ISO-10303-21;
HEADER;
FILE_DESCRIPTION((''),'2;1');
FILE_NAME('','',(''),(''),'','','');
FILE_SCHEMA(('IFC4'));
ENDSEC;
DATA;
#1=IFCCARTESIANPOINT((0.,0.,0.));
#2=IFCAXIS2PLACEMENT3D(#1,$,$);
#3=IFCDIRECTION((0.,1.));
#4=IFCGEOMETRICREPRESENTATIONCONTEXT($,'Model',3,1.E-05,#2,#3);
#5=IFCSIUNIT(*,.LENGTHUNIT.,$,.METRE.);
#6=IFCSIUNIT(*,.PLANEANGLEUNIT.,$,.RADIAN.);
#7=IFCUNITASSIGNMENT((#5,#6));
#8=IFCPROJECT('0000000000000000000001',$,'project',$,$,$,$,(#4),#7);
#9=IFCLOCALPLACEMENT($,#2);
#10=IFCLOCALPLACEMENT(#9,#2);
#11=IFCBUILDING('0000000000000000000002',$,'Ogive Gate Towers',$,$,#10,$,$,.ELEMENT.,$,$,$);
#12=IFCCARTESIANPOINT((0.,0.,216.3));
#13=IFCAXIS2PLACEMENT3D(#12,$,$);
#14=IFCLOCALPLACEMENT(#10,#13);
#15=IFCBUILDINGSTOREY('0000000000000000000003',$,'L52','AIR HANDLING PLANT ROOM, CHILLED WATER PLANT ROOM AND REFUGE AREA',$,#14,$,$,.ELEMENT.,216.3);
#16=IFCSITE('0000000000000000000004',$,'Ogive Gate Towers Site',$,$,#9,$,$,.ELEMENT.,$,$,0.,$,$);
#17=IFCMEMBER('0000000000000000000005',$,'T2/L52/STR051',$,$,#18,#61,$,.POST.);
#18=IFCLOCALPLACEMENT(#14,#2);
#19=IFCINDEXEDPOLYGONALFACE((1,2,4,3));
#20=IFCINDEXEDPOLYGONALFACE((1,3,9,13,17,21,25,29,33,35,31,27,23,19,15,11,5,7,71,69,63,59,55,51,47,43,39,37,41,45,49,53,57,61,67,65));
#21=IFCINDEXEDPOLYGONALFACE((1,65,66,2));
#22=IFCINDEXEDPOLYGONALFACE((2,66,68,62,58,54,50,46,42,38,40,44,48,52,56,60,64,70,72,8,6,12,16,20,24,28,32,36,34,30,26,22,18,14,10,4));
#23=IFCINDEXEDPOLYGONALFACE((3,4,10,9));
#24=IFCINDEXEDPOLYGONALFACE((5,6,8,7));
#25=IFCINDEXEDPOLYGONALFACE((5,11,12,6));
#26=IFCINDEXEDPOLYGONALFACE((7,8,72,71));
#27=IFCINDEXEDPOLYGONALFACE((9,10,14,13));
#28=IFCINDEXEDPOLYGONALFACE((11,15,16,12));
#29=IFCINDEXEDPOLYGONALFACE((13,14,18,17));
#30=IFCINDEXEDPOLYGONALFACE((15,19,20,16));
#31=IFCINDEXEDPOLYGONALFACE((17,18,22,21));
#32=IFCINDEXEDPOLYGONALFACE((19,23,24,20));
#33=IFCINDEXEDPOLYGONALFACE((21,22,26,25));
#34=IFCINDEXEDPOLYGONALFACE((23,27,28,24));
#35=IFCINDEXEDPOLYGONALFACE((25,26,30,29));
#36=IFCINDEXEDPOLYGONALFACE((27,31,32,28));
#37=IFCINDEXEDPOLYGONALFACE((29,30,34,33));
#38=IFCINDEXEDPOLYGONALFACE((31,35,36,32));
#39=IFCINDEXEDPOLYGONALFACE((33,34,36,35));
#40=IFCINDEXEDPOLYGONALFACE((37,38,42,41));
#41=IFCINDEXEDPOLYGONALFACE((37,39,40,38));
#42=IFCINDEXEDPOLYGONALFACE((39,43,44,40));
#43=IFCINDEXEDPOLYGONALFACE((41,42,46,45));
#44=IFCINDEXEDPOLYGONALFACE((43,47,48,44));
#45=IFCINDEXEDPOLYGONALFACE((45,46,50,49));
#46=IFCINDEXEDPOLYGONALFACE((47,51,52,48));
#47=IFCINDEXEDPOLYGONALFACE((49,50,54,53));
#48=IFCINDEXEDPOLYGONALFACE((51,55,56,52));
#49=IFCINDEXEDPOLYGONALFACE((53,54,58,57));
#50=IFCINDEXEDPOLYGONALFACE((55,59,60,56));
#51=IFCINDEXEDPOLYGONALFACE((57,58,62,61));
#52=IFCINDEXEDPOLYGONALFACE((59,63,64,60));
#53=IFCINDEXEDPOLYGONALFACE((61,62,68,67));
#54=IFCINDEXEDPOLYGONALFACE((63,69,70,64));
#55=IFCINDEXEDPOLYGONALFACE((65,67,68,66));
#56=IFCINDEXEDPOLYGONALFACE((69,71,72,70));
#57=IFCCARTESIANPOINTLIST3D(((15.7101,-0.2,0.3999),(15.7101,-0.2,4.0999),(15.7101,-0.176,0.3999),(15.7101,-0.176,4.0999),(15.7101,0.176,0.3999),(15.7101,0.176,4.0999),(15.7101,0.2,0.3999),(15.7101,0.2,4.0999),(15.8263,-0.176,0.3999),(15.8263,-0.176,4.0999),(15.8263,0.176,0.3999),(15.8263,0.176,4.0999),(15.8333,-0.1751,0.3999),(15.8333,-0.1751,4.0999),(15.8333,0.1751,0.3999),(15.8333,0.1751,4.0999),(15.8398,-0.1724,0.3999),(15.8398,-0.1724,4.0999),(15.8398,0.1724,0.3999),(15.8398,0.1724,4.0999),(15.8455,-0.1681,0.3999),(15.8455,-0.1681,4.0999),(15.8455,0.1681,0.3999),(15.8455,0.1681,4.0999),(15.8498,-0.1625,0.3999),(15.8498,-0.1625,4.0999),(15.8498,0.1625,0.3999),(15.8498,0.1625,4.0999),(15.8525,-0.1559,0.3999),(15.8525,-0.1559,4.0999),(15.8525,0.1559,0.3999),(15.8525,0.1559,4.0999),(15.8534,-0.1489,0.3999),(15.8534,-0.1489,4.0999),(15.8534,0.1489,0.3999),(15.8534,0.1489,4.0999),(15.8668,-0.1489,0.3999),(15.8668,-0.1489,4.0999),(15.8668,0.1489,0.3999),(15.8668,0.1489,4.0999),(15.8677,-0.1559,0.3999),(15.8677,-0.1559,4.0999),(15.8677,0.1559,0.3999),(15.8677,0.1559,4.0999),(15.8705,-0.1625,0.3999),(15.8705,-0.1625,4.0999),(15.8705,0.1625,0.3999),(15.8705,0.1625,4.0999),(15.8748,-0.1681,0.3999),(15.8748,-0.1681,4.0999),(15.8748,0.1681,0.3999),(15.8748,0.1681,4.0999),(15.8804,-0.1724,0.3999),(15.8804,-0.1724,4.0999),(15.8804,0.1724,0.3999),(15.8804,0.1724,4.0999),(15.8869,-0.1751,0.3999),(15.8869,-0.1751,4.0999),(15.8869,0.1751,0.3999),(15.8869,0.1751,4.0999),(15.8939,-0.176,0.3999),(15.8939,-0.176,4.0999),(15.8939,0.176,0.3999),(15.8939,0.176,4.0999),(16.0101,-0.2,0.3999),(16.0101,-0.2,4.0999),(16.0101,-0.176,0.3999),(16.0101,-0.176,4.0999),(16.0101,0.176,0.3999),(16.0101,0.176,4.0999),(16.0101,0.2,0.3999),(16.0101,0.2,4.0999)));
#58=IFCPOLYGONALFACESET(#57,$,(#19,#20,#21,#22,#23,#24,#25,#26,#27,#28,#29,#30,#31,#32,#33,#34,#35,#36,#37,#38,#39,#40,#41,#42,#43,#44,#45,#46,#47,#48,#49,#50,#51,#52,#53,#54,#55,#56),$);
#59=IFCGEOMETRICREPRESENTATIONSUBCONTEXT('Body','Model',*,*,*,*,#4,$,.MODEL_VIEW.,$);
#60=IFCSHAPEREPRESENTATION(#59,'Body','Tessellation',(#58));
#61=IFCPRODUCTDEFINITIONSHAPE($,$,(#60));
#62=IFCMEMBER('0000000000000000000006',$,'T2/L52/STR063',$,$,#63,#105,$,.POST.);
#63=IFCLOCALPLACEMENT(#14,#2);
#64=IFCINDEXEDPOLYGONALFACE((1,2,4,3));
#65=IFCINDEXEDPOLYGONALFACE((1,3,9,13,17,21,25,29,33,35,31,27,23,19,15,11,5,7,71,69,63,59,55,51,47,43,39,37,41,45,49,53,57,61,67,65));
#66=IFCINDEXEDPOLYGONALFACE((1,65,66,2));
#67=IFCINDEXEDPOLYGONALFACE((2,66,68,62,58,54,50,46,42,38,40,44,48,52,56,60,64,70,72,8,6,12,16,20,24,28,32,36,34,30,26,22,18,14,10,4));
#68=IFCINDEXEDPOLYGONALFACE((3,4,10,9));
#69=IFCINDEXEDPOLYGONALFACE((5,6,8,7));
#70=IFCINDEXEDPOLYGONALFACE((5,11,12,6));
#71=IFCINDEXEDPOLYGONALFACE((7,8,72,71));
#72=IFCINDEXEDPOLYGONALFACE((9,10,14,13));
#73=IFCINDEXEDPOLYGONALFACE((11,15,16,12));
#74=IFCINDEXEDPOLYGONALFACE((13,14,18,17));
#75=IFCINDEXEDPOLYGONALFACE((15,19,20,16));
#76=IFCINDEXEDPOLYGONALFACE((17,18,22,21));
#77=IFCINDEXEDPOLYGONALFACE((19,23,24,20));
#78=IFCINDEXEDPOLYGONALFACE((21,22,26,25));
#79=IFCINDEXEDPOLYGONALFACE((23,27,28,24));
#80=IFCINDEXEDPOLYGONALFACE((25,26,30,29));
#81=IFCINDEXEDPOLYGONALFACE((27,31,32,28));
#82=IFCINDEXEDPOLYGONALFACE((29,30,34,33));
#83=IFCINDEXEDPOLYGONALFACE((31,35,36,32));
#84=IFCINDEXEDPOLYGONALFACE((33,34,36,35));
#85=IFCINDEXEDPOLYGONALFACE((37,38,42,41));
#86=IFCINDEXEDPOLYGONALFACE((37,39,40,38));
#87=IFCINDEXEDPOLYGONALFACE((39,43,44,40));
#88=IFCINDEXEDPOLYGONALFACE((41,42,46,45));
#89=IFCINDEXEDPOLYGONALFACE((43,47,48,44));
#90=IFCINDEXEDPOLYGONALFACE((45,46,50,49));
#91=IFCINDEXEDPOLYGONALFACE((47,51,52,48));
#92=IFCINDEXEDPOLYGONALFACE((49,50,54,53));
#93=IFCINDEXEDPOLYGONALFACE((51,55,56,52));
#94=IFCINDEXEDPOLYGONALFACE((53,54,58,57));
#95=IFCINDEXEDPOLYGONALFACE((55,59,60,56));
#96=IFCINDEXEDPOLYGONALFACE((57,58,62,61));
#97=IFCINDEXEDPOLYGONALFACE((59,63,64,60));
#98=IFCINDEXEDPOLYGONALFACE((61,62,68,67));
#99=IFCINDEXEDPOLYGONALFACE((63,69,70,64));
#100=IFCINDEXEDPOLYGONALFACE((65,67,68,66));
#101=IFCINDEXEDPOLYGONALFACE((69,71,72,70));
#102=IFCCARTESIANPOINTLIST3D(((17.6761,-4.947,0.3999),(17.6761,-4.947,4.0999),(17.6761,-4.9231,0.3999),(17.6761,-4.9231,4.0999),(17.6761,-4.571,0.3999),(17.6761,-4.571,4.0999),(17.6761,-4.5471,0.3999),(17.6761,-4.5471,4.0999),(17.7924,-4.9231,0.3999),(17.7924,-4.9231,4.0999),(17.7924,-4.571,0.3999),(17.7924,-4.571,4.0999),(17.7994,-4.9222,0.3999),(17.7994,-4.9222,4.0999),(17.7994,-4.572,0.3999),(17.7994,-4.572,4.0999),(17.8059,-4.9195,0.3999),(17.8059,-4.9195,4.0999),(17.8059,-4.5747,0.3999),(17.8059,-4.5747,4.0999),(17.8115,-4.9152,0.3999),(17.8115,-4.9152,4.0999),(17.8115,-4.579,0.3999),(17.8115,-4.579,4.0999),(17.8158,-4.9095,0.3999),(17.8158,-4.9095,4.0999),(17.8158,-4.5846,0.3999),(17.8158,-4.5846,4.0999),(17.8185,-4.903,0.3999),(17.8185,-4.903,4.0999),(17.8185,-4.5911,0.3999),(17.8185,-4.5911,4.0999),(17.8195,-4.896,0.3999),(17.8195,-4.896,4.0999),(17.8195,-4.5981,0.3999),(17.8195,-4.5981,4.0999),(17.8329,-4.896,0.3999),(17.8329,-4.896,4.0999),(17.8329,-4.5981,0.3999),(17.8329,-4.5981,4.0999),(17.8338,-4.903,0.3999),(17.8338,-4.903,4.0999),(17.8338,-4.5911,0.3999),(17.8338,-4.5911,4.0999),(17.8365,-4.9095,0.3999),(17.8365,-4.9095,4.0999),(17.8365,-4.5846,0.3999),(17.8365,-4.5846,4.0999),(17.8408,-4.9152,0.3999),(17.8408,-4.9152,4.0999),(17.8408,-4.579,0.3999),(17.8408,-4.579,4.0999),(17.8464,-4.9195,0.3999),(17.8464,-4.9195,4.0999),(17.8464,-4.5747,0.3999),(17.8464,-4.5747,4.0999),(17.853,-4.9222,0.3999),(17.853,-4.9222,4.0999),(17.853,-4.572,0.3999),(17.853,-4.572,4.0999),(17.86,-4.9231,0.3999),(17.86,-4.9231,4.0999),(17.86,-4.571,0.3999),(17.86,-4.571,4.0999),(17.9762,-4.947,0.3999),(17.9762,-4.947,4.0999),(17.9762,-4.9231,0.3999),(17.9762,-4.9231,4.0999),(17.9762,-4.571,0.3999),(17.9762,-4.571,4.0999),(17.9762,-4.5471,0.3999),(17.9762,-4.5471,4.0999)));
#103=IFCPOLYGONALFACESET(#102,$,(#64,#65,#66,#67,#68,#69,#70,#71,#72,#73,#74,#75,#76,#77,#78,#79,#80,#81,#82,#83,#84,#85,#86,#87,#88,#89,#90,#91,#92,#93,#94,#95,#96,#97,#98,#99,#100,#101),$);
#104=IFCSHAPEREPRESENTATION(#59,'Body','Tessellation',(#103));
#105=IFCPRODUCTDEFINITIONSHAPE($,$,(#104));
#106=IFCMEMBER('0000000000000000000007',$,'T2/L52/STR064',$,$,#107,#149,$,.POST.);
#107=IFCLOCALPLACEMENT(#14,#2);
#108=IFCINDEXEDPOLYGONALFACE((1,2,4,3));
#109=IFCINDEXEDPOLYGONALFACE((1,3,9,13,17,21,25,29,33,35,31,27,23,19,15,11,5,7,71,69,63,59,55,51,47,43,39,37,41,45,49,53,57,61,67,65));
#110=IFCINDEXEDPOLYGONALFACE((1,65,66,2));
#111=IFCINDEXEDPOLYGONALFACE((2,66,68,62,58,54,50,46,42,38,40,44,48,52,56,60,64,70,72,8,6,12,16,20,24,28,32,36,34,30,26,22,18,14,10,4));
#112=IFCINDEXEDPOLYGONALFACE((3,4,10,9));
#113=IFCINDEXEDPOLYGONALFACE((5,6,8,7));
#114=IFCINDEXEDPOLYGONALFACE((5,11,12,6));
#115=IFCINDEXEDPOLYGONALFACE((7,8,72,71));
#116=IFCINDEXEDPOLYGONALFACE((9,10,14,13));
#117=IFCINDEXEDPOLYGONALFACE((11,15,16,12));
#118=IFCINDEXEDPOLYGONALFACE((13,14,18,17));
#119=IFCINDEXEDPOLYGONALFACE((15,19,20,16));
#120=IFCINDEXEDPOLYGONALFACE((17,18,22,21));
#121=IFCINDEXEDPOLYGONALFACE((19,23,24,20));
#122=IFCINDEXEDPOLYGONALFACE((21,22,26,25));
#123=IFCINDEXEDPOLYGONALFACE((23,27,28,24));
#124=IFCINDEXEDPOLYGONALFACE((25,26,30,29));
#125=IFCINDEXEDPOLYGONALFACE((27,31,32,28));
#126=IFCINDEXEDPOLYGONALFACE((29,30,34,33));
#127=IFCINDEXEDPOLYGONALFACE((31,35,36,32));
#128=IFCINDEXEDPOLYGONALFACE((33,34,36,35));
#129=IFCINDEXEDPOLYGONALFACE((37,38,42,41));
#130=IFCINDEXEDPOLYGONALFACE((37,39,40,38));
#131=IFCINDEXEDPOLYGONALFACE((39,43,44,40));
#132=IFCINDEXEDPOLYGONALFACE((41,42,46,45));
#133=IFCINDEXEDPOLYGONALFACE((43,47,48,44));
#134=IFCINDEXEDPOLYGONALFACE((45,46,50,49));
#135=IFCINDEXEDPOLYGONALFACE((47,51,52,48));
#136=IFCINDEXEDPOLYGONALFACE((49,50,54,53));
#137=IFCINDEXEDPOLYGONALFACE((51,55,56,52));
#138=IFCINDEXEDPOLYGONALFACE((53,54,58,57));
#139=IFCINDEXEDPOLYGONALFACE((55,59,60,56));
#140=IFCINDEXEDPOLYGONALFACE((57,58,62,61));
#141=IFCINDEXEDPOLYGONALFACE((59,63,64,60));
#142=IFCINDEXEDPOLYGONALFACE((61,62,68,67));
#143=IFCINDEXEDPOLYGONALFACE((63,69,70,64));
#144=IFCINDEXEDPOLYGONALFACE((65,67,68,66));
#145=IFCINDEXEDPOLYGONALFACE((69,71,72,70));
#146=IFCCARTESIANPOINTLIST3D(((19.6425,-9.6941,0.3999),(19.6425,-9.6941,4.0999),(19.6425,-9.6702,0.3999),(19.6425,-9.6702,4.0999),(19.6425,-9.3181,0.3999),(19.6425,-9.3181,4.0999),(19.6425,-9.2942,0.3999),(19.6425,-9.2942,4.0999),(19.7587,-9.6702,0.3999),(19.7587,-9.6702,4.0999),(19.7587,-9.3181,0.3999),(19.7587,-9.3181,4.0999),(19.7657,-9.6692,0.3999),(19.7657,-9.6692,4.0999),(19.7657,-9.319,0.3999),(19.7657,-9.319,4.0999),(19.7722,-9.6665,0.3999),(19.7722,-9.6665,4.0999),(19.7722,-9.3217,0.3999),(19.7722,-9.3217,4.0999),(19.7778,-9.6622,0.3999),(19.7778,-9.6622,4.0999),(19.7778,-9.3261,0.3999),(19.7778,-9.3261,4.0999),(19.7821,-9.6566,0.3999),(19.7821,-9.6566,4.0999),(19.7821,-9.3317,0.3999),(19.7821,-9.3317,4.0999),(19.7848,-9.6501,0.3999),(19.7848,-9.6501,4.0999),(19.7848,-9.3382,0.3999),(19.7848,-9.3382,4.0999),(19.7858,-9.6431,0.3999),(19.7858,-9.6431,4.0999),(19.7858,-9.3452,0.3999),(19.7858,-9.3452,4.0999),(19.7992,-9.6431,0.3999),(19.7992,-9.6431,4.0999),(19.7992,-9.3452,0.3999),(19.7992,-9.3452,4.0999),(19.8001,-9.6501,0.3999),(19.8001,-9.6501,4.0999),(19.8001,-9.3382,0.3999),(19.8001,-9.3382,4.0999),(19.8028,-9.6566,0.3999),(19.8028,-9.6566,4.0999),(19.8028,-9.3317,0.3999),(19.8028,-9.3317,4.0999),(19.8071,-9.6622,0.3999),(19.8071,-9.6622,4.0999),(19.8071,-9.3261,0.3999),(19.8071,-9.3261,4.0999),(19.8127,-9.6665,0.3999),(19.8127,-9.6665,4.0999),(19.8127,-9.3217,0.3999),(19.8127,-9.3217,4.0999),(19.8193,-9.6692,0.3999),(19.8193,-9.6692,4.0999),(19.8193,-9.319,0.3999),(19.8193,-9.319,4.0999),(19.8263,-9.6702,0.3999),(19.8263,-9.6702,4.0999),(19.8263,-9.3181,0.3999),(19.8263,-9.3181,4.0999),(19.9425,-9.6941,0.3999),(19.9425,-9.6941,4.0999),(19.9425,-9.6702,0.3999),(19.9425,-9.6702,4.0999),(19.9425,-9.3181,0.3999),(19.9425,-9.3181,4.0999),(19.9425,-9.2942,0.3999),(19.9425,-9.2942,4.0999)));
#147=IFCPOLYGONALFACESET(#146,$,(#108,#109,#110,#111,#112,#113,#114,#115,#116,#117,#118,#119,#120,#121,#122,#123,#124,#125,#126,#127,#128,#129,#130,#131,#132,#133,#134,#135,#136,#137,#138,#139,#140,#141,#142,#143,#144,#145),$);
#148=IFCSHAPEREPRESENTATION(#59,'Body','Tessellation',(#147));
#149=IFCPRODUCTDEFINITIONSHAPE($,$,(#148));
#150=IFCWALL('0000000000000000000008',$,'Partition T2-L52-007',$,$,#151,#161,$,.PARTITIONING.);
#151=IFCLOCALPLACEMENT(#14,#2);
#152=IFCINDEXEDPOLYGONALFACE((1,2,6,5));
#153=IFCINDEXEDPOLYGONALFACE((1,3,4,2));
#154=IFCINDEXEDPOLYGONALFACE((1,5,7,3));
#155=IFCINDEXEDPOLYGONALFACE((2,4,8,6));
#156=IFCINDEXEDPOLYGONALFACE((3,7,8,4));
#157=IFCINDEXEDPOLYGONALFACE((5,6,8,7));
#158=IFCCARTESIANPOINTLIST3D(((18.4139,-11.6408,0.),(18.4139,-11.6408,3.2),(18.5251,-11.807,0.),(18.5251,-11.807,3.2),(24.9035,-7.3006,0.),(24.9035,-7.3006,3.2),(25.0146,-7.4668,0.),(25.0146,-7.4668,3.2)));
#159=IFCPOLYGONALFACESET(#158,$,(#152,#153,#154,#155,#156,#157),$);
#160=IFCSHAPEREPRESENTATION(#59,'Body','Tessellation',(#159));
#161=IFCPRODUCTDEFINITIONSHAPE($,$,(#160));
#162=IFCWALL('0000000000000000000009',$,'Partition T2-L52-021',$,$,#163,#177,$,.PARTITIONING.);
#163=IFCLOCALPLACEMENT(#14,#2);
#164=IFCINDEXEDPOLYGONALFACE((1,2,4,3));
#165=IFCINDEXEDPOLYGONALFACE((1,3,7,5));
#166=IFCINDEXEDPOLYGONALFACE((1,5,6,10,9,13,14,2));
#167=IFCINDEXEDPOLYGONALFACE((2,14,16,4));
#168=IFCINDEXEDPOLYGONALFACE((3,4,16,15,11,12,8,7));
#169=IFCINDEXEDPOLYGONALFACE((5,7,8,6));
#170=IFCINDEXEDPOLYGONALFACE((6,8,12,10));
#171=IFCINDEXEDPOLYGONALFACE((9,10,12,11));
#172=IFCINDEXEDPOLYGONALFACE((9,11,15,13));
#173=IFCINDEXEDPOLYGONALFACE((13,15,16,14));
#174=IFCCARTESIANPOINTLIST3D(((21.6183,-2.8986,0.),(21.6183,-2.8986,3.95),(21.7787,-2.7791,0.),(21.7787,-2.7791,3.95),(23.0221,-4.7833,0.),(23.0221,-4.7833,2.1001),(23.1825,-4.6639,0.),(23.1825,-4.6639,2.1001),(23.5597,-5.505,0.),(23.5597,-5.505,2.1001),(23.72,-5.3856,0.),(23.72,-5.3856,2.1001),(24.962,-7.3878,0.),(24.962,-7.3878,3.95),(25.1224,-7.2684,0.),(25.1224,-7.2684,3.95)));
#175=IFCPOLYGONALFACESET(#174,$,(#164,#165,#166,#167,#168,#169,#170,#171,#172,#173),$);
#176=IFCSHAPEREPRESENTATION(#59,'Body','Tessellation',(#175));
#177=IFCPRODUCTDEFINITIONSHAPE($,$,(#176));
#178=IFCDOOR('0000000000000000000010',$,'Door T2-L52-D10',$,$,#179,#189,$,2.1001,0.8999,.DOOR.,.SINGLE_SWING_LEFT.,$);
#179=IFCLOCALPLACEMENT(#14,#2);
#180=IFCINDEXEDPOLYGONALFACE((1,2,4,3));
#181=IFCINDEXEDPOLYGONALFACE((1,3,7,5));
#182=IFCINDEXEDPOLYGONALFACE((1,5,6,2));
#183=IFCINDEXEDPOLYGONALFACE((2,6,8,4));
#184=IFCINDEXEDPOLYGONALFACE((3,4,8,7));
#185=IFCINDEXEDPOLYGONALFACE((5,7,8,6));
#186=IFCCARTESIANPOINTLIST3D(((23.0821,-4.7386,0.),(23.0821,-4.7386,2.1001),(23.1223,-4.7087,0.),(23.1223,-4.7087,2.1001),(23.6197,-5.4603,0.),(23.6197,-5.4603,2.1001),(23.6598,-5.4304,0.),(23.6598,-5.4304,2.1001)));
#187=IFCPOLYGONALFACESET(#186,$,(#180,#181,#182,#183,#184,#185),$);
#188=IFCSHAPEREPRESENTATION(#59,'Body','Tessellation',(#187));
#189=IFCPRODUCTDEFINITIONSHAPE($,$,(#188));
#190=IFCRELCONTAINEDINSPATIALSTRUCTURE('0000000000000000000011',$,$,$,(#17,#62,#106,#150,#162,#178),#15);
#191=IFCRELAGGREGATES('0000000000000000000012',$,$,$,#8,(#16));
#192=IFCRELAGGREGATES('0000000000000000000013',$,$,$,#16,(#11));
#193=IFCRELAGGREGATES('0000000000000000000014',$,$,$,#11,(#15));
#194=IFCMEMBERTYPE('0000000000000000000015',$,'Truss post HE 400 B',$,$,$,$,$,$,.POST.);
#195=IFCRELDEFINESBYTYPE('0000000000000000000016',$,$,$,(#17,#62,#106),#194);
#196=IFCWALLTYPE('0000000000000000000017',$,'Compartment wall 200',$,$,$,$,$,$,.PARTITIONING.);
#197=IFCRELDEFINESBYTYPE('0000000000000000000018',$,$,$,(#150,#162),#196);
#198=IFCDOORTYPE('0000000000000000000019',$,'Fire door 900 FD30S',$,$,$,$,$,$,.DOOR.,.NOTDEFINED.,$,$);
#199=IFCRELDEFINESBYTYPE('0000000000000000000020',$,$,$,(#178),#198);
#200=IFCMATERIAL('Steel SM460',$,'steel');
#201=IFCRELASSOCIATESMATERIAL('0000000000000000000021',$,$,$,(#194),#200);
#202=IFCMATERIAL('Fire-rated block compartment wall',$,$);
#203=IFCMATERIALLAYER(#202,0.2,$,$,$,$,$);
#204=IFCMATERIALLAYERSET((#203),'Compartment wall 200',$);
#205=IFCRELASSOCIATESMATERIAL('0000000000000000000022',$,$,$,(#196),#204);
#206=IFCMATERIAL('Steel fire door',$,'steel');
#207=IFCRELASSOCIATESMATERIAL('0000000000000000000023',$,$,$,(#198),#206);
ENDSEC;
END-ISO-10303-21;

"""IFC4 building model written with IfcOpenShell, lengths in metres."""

from ifc_helpers import new_model, si_unit, direction, frame, frame_2d, origin, origin_2d, place, context, subcontext, project, spatial, rectangle, i_section, extrude, material, layer, layer_set, material_profile, profile_set, type_object, element, fill, save


model = new_model("IFC4")

# Units and contexts
model_context = context("Model", 3, precision=1e-05, world=origin(), true_north=direction((0.0, 1.0)))
body_context = subcontext(model_context, "Body", "Model", "MODEL_VIEW")
ifc_project = project(units=[si_unit("LENGTHUNIT", "METRE"), si_unit("PLANEANGLEUNIT", "RADIAN")], contexts=[model_context])

# Site, building, storey
site_placement = place(None, origin())
site = spatial("IfcSite", under=ifc_project, at=site_placement, Name="Ogive Gate Towers Site", CompositionType="ELEMENT", RefElevation=0.0)
building_placement = place(site_placement, origin())
building = spatial("IfcBuilding", under=site, at=building_placement, Name="Ogive Gate Towers", CompositionType="ELEMENT")
storey_placement = place(building_placement, frame((0.0, 0.0, 216.3)))
storey = spatial("IfcBuildingStorey", under=building, at=storey_placement, Name="L52", Description="AIR HANDLING PLANT ROOM, CHILLED WATER PLANT ROOM AND REFUGE AREA", CompositionType="ELEMENT", Elevation=216.3)

# Shared definitions
ifc_material_1 = material(Name="Steel SM460", Category="steel")

# Members
ifc_material_profile_1 = material_profile(ifc_material_1, i_section(OverallWidth=0.3, OverallDepth=0.3999, WebThickness=0.0134, FlangeThickness=0.0239, FilletRadius=0.0271, at=origin_2d()), Name="HE 400 B")
ifc_profile_set_1 = profile_set([ifc_material_profile_1], Name="Steel SM460")
member_type_1 = type_object("IfcMemberType", Name="Truss post HE 400 B", PredefinedType="POST", material=ifc_profile_set_1)
for number, where, z_axis, x_axis, name in (
    (1, (15.8601, 0.0, 0.3999), (0.0, 0.0, 1.0), (1.0, 0.0, 0.0), "T2/L52/STR051"),
    (2, (17.8262, -4.7471, 0.3999), (0.0, 0.0, 1.0), (1.0, 0.0, 0.0), "T2/L52/STR063"),
    (3, (19.7925, -9.4941, 0.3999), (0.0, 0.0, 1.0), (1.0, 0.0, 0.0), "T2/L52/STR064"),
):
    element("IfcMember", number, at=place(storey_placement, frame(where, z_axis=z_axis, x_axis=x_axis)), inside=storey, type_object=member_type_1, Name=name, PredefinedType="POST", context=body_context, shape_type="SweptSolid", body=[
        extrude(i_section(OverallWidth=0.3, OverallDepth=0.3999, WebThickness=0.0134, FlangeThickness=0.0239, FilletRadius=0.0271, at=origin_2d()), origin(), (0.0, 0.0, 1.0), 3.7),
    ])

# Wall
ifc_material_2 = material(Name="Fire-rated block compartment wall")
ifc_layer_1 = layer(ifc_material_2, 0.2)
ifc_layer_set_1 = layer_set([ifc_layer_1], Name="Compartment wall 200")
wall_type_1 = type_object("IfcWallType", Name="Compartment wall 200", PredefinedType="PARTITIONING", material=ifc_layer_set_1)
wall_1_placement = place(storey_placement, frame((18.4695, -11.7239, 0.0), z_axis=(0.0, 0.0, 1.0), x_axis=(0.831236, 0.555919, 0.0)))
element("IfcWall", 4, at=wall_1_placement, inside=storey, type_object=wall_type_1, Name="Partition T2-L52-007", PredefinedType="PARTITIONING", context=body_context, shape_type="SweptSolid", body=[
    extrude(rectangle(XDim=7.8071, YDim=0.2, at=frame_2d((3.9036, 0.0))), origin(), (0.0, 0.0, 1.0), 3.2),
])

# Wall, opening, door
wall_2_placement = place(storey_placement, frame((21.6985, -2.8389, 0.0), z_axis=(0.0, 0.0, 1.0), x_axis=(0.597345, -0.801984, 0.0)))
wall_2 = element("IfcWall", 5, at=wall_2_placement, inside=storey, type_object=wall_type_1, Name="Partition T2-L52-021", PredefinedType="PARTITIONING", context=body_context, shape_type="SweptSolid", body=[
    extrude(rectangle(XDim=5.5977, YDim=0.2, at=frame_2d((2.7988, 0.0))), origin(), (0.0, 0.0, 1.0), 3.95),
])
opening_1_placement = place(wall_2_placement, frame((2.3501, 0.0, 0.0)))
opening_1 = element("IfcOpeningElement", 6, at=opening_1_placement, cuts=wall_2, PredefinedType="OPENING", context=body_context, shape_type="SweptSolid", body=[
    extrude(rectangle(XDim=0.8999, YDim=2.1001, at=frame_2d((0.45, 1.05))), frame((0.0, 0.1099, 0.0), z_axis=(0.0, -1.0, 0.0), x_axis=(1.0, 0.0, 0.0)), (0.0, 0.0, 1.0), 0.22),
])
ifc_material_3 = material(Name="Steel fire door", Category="steel")
door_type = type_object("IfcDoorType", Name="Fire door 900 FD30S", OperationType="NOTDEFINED", PredefinedType="DOOR", material=ifc_material_3)
door_1_placement = place(opening_1_placement, origin())
door_1 = element("IfcDoor", 7, at=door_1_placement, inside=storey, type_object=door_type, Name="Door T2-L52-D10", OperationType="SINGLE_SWING_LEFT", OverallHeight=2.1001, OverallWidth=0.8999, PredefinedType="DOOR", context=body_context, shape_type="SweptSolid", body=[
    extrude(rectangle(XDim=0.8999, YDim=2.1001, at=frame_2d((0.45, 1.05))), frame((0.0, 0.0249, 0.0), z_axis=(0.0, -1.0, 0.0), x_axis=(1.0, 0.0, 0.0)), (0.0, 0.0, 1.0), 0.05),
])
fill(opening_1, door_1)

save(model, "model.ifc")
